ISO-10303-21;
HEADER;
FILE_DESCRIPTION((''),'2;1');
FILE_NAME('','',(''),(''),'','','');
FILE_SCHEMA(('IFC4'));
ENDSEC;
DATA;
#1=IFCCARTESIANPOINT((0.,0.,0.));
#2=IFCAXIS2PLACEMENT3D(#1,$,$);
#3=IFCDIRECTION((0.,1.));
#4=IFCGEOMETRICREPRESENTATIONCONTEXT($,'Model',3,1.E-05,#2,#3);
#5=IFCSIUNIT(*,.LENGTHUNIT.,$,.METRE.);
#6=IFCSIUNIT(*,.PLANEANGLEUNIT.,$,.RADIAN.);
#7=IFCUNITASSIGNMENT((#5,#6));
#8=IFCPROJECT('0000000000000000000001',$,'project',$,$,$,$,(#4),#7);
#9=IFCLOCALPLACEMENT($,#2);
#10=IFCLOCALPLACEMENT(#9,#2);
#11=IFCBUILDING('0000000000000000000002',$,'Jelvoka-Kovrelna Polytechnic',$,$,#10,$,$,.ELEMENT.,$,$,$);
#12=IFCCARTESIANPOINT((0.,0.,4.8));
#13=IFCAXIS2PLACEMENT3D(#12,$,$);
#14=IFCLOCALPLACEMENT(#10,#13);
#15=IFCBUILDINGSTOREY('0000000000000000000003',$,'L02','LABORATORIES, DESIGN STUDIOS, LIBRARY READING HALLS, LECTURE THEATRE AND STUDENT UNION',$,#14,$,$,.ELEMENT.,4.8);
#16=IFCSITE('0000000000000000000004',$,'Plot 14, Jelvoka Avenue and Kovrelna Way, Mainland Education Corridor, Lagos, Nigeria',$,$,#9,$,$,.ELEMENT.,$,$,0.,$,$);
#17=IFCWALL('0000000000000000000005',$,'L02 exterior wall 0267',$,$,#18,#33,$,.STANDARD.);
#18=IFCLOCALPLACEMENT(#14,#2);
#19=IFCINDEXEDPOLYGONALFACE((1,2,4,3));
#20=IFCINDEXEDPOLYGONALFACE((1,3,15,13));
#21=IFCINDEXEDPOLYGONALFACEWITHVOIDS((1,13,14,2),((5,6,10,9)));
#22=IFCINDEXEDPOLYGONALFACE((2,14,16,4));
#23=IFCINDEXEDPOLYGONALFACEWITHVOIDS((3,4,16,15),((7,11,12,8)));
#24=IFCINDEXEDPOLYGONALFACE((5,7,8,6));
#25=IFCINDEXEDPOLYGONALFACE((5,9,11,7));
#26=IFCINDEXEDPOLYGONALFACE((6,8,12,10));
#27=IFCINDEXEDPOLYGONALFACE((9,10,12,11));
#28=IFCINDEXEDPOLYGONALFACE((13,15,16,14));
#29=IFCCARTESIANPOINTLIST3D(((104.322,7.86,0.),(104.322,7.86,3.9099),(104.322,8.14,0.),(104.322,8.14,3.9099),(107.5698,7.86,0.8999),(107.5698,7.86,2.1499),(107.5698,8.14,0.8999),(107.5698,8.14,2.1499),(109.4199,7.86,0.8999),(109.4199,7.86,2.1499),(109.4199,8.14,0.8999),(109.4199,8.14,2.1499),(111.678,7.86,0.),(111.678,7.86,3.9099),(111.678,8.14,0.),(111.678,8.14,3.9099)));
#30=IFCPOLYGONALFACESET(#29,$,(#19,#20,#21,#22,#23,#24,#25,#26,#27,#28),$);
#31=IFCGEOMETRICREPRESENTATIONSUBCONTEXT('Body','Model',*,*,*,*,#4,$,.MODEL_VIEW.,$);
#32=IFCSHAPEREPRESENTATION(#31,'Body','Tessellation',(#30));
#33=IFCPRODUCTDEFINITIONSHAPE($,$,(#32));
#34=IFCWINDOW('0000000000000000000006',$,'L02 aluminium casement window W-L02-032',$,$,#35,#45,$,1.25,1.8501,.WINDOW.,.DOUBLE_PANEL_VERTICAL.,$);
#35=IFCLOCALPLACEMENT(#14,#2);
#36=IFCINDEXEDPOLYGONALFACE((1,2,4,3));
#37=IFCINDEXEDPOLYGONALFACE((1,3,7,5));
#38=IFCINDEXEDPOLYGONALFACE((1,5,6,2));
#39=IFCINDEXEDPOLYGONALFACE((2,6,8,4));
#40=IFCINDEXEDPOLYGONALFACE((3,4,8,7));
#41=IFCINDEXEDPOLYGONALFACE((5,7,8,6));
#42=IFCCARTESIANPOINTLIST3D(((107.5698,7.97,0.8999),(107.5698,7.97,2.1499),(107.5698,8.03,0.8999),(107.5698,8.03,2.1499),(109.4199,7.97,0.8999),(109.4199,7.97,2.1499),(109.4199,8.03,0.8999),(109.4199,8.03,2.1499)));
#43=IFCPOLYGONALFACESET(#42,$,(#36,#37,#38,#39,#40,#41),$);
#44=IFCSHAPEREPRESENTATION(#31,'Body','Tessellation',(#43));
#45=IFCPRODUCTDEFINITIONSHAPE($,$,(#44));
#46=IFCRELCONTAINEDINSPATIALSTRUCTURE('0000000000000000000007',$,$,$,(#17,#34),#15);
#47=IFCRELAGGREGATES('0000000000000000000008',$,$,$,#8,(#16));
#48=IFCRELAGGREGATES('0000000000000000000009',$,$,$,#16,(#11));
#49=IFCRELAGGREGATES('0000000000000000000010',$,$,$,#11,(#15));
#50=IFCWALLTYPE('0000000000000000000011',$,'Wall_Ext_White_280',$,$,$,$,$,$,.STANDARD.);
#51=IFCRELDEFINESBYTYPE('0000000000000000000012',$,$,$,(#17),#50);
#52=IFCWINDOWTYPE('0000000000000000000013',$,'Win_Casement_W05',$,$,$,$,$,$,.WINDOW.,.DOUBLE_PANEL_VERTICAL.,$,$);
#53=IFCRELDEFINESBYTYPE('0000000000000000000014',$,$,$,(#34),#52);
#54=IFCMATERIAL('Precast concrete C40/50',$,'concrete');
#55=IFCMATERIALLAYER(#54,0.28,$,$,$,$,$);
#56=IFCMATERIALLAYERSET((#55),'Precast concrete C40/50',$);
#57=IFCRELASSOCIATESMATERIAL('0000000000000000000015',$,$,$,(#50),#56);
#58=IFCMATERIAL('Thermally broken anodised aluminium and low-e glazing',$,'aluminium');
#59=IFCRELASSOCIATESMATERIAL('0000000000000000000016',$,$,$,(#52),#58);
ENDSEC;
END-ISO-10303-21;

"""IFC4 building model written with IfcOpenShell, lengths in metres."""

from ifc_helpers import new_model, si_unit, direction, frame, frame_2d, origin, place, context, subcontext, project, spatial, rectangle, extrude, material, layer, layer_set, type_object, element, fill, save


model = new_model("IFC4")

# Units and contexts
model_context = context("Model", 3, precision=1e-05, world=origin(), true_north=direction((0.0, 1.0)))
body_context = subcontext(model_context, "Body", "Model", "MODEL_VIEW")
ifc_project = project(units=[si_unit("LENGTHUNIT", "METRE"), si_unit("PLANEANGLEUNIT", "RADIAN")], contexts=[model_context])

# Site, building, storey
site_placement = place(None, origin())
site = spatial("IfcSite", under=ifc_project, at=site_placement, Name="Plot 14, Jelvoka Avenue and Kovrelna Way, Mainland Education Corridor, Lagos, Nigeria", CompositionType="ELEMENT", RefElevation=0.0)
building_placement = place(site_placement, origin())
building = spatial("IfcBuilding", under=site, at=building_placement, Name="Jelvoka-Kovrelna Polytechnic", CompositionType="ELEMENT")
storey_placement = place(building_placement, frame((0.0, 0.0, 4.8)))
storey = spatial("IfcBuildingStorey", under=building, at=storey_placement, Name="L02", Description="LABORATORIES, DESIGN STUDIOS, LIBRARY READING HALLS, LECTURE THEATRE AND STUDENT UNION", CompositionType="ELEMENT", Elevation=4.8)

# Wall, opening, window
ifc_material_1 = material(Name="Precast concrete C40/50", Category="concrete")
ifc_layer = layer(ifc_material_1, 0.28)
ifc_layer_set = layer_set([ifc_layer], Name="Precast concrete C40/50")
wall_type = type_object("IfcWallType", Name="Wall_Ext_White_280", PredefinedType="STANDARD", material=ifc_layer_set)
wall_1_placement = place(storey_placement, frame((111.678, 8.0, 0.0), z_axis=(0.0, 0.0, 1.0), x_axis=(-1.0, 0.0, 0.0)))
wall_1 = element("IfcWall", 1, at=wall_1_placement, inside=storey, type_object=wall_type, Name="L02 exterior wall 0267", PredefinedType="STANDARD", context=body_context, shape_type="SweptSolid", body=[
    extrude(rectangle(XDim=7.356, YDim=0.28, at=frame_2d((3.678, 0.0))), origin(), (0.0, 0.0, 1.0), 3.9099),
])
opening_1_placement = place(wall_1_placement, frame((2.2581, 0.0, 0.8999)))
opening_1 = element("IfcOpeningElement", 2, at=opening_1_placement, cuts=wall_1, PredefinedType="OPENING", context=body_context, shape_type="SweptSolid", body=[
    extrude(rectangle(XDim=1.8501, YDim=1.25, at=frame_2d((0.925, 0.625))), frame((0.0, 0.1501, 0.0), z_axis=(0.0, -1.0, 0.0), x_axis=(1.0, 0.0, 0.0)), (0.0, 0.0, 1.0), 0.3),
])
ifc_material_2 = material(Name="Thermally broken anodised aluminium and low-e glazing", Category="aluminium")
window_type_1 = type_object("IfcWindowType", Name="Win_Casement_W05", PartitioningType="DOUBLE_PANEL_VERTICAL", PredefinedType="WINDOW", material=ifc_material_2)
window_1_placement = place(opening_1_placement, origin())
window_1 = element("IfcWindow", 3, at=window_1_placement, inside=storey, type_object=window_type_1, Name="L02 aluminium casement window W-L02-032", OverallHeight=1.25, OverallWidth=1.8501, PartitioningType="DOUBLE_PANEL_VERTICAL", PredefinedType="WINDOW", context=body_context, shape_type="SweptSolid", body=[
    extrude(rectangle(XDim=1.8501, YDim=1.25, at=frame_2d((0.925, 0.625))), frame((0.0, 0.03, 0.0), z_axis=(0.0, -1.0, 0.0), x_axis=(1.0, 0.0, 0.0)), (0.0, 0.0, 1.0), 0.0601),
])
fill(opening_1, window_1)

save(model, "model.ifc")
